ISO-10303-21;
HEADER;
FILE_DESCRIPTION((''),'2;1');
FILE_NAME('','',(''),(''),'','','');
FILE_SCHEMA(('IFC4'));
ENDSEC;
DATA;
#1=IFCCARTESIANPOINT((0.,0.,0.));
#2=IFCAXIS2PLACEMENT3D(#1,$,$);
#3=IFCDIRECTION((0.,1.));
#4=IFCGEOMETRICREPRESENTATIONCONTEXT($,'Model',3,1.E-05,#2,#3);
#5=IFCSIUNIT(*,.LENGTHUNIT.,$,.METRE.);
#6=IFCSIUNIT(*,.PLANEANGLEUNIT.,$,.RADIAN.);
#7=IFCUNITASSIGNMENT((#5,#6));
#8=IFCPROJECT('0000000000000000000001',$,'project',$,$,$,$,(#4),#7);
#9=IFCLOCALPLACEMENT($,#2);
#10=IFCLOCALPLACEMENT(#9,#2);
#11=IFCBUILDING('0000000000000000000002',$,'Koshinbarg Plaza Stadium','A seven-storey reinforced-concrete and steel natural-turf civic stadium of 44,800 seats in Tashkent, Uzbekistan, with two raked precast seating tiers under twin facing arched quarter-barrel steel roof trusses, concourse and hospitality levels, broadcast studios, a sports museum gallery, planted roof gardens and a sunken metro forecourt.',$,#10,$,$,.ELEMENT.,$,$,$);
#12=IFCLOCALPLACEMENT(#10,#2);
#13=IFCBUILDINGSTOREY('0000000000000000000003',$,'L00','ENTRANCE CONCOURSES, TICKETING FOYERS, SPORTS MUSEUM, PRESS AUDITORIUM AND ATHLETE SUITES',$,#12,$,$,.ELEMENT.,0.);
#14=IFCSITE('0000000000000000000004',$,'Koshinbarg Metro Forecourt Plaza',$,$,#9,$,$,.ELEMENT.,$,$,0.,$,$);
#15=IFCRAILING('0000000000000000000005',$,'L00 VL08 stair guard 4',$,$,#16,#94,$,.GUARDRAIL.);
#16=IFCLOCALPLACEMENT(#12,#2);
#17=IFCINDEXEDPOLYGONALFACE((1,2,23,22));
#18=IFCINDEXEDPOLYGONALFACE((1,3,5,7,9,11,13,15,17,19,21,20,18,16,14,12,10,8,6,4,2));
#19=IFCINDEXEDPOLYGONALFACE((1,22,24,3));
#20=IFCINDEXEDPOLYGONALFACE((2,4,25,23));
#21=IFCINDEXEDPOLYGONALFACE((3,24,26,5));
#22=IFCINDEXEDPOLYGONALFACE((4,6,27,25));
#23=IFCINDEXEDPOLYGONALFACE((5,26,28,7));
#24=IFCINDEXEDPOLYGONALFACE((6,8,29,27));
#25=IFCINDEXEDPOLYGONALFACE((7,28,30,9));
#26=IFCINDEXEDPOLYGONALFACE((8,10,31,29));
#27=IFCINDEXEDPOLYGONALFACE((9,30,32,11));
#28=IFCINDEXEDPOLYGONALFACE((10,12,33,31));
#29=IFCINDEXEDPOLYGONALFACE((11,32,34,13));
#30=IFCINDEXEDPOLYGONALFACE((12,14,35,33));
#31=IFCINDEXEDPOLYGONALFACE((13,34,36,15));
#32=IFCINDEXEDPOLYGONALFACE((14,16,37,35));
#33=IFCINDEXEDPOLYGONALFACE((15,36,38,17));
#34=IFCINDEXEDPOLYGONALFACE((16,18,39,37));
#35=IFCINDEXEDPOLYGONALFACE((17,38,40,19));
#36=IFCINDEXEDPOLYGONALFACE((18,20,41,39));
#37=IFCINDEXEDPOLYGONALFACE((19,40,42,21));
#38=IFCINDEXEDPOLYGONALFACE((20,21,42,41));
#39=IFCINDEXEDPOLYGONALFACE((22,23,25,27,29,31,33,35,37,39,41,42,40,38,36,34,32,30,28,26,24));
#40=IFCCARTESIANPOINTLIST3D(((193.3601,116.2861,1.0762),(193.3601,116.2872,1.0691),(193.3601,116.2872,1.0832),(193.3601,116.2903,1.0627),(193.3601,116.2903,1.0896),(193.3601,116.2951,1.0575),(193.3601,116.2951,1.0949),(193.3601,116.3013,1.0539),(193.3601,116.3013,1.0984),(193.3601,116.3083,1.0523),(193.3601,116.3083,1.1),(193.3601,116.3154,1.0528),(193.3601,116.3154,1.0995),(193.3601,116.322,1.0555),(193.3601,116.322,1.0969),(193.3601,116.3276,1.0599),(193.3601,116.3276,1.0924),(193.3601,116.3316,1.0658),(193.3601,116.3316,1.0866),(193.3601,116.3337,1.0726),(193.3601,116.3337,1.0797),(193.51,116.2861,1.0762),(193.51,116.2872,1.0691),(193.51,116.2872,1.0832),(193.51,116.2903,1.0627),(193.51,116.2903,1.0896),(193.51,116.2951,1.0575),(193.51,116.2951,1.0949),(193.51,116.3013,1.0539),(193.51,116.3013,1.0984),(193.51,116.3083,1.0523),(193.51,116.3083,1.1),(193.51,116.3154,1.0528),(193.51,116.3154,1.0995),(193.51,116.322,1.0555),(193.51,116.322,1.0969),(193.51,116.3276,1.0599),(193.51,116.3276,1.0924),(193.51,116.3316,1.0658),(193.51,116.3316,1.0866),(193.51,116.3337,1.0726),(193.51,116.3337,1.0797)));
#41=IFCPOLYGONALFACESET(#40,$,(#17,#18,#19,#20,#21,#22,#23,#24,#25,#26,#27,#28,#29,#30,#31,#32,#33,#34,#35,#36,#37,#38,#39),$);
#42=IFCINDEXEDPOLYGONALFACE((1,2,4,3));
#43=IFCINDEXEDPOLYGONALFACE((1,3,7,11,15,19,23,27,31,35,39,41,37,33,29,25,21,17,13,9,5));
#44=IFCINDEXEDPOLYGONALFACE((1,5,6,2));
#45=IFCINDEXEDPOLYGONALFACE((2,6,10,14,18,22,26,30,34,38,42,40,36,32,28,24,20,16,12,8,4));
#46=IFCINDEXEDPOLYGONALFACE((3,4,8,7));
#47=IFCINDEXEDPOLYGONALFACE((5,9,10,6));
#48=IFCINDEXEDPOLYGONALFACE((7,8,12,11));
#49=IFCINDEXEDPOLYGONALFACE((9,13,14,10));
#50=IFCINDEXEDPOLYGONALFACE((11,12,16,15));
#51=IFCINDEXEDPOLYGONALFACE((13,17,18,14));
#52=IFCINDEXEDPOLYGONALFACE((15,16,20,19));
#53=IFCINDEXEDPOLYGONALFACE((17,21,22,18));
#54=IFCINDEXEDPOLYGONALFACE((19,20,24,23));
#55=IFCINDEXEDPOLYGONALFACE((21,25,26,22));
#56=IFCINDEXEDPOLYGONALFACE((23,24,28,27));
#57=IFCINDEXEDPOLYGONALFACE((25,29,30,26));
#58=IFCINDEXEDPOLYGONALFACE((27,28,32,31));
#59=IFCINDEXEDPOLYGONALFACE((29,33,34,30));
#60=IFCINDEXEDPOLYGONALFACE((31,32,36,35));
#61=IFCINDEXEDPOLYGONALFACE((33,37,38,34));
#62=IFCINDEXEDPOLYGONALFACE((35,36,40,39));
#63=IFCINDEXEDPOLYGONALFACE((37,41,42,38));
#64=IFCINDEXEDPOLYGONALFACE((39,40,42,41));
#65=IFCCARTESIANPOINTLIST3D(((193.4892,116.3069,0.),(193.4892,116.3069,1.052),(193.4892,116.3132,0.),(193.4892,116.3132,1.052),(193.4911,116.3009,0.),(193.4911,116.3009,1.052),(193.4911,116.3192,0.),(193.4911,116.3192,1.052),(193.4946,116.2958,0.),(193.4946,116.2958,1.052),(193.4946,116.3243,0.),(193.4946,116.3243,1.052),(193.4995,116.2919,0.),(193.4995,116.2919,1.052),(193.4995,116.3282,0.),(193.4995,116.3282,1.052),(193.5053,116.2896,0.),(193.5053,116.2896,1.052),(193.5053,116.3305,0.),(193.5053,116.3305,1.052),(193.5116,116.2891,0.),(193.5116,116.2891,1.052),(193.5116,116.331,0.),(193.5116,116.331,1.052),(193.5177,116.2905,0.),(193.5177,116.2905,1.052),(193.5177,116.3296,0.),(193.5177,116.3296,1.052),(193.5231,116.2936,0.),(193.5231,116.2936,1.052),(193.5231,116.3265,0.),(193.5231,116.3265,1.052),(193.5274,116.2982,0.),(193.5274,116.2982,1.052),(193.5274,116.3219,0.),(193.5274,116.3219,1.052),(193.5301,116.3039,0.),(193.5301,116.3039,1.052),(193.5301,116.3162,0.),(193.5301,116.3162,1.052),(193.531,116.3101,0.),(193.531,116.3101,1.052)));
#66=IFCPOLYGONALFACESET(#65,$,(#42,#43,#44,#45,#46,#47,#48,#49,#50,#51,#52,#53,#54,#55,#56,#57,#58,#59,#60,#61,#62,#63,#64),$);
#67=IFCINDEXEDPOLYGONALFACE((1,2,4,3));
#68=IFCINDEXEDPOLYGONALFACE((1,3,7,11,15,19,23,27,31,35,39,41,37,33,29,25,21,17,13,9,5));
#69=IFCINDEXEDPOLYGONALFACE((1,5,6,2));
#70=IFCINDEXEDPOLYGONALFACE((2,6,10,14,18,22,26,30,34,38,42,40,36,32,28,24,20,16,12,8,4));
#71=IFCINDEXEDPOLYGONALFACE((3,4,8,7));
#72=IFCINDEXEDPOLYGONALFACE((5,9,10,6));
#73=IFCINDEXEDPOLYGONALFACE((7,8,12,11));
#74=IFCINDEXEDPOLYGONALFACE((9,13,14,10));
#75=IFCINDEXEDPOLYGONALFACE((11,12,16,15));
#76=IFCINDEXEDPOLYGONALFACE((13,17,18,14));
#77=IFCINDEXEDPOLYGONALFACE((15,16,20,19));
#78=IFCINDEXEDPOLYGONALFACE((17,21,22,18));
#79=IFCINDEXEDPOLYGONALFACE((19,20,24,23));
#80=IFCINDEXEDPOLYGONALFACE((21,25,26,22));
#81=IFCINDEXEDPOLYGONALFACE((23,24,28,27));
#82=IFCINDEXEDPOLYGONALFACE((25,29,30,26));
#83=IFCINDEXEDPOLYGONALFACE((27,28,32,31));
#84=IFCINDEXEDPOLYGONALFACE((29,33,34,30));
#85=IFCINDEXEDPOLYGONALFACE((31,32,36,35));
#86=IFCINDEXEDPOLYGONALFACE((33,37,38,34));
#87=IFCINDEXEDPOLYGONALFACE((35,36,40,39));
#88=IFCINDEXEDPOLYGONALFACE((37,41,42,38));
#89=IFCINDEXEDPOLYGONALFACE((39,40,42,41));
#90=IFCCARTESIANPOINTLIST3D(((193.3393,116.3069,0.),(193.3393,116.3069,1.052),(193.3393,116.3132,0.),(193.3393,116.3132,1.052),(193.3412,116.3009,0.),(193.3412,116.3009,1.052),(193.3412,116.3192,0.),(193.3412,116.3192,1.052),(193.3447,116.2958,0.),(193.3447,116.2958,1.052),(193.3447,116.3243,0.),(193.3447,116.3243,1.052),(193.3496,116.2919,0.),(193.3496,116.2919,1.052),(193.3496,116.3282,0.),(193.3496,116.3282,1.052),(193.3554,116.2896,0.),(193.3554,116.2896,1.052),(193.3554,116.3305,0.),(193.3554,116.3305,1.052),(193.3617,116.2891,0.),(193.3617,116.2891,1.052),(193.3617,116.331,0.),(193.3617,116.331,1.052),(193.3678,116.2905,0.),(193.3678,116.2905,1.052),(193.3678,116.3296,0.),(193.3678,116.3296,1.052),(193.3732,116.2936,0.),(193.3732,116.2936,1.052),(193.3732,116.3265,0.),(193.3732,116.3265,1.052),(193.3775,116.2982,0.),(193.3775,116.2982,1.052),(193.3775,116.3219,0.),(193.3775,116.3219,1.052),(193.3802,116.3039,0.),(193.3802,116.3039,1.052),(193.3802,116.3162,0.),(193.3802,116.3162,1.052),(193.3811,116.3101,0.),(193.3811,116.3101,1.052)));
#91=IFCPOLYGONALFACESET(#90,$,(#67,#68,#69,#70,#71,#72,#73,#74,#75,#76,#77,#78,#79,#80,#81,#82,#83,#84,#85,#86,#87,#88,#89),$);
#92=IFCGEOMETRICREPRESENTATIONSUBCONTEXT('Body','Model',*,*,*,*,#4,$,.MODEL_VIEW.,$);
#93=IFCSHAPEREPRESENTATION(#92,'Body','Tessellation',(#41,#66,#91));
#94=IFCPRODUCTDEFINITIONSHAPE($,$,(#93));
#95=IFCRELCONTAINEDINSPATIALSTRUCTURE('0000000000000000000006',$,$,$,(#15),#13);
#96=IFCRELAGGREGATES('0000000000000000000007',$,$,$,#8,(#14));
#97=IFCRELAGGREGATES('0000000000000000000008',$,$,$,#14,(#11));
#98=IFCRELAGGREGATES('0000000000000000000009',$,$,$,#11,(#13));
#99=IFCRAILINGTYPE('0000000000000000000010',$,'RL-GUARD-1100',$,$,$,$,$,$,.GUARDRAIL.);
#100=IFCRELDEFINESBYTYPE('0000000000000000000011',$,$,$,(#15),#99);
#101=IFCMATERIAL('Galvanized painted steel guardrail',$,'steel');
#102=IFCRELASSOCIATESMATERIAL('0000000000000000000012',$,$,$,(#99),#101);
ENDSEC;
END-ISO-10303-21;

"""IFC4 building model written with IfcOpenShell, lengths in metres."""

from ifc_helpers import new_model, si_unit, direction, frame, origin, origin_2d, place, context, subcontext, project, spatial, circle, extrude, material, type_object, element, save


model = new_model("IFC4")

# Units and contexts
model_context = context("Model", 3, precision=1e-05, world=origin(), true_north=direction((0.0, 1.0)))
body_context = subcontext(model_context, "Body", "Model", "MODEL_VIEW")
ifc_project = project(units=[si_unit("LENGTHUNIT", "METRE"), si_unit("PLANEANGLEUNIT", "RADIAN")], contexts=[model_context])

# Site, building, storey
site_placement = place(None, origin())
site = spatial("IfcSite", under=ifc_project, at=site_placement, Name="Koshinbarg Metro Forecourt Plaza", CompositionType="ELEMENT", RefElevation=0.0)
building_placement = place(site_placement, origin())
building = spatial("IfcBuilding", under=site, at=building_placement, Name="Koshinbarg Plaza Stadium", Description="A seven-storey reinforced-concrete and steel natural-turf civic stadium of 44,800 seats in Tashkent, Uzbekistan, with two raked precast seating tiers under twin facing arched quarter-barrel steel roof trusses, concourse and hospitality levels, broadcast studios, a sports museum gallery, planted roof gardens and a sunken metro forecourt.", CompositionType="ELEMENT")
storey_placement = place(building_placement, origin())
storey = spatial("IfcBuildingStorey", under=building, at=storey_placement, Name="L00", Description="ENTRANCE CONCOURSES, TICKETING FOYERS, SPORTS MUSEUM, PRESS AUDITORIUM AND ATHLETE SUITES", CompositionType="ELEMENT", Elevation=0.0)

# Railing
ifc_material_1 = material(Name="Galvanized painted steel guardrail", Category="steel")
railing_type_1 = type_object("IfcRailingType", Name="RL-GUARD-1100", PredefinedType="GUARDRAIL", material=ifc_material_1)
railing_1_placement = place(storey_placement, frame((193.51, 116.3101, 0.0)))
element("IfcRailing", 1, at=railing_1_placement, inside=storey, type_object=railing_type_1, Name="L00 VL08 stair guard 4", PredefinedType="GUARDRAIL", context=body_context, shape_type="SweptSolid", body=[
    extrude(circle(Radius=0.0239, at=origin_2d()), frame((0.0, 0.0, 1.0762), z_axis=(-1.0, 0.0, 0.0), x_axis=(0.0, -1.0, 0.0)), (0.0, 0.0, 1.0), 0.1499),
    extrude(circle(Radius=0.021, at=origin_2d()), origin(), (0.0, 0.0, 1.0), 1.052),
    extrude(circle(Radius=0.021, at=origin_2d()), frame((-0.1499, 0.0, 0.0)), (0.0, 0.0, 1.0), 1.052),
])

save(model, "model.ifc")
